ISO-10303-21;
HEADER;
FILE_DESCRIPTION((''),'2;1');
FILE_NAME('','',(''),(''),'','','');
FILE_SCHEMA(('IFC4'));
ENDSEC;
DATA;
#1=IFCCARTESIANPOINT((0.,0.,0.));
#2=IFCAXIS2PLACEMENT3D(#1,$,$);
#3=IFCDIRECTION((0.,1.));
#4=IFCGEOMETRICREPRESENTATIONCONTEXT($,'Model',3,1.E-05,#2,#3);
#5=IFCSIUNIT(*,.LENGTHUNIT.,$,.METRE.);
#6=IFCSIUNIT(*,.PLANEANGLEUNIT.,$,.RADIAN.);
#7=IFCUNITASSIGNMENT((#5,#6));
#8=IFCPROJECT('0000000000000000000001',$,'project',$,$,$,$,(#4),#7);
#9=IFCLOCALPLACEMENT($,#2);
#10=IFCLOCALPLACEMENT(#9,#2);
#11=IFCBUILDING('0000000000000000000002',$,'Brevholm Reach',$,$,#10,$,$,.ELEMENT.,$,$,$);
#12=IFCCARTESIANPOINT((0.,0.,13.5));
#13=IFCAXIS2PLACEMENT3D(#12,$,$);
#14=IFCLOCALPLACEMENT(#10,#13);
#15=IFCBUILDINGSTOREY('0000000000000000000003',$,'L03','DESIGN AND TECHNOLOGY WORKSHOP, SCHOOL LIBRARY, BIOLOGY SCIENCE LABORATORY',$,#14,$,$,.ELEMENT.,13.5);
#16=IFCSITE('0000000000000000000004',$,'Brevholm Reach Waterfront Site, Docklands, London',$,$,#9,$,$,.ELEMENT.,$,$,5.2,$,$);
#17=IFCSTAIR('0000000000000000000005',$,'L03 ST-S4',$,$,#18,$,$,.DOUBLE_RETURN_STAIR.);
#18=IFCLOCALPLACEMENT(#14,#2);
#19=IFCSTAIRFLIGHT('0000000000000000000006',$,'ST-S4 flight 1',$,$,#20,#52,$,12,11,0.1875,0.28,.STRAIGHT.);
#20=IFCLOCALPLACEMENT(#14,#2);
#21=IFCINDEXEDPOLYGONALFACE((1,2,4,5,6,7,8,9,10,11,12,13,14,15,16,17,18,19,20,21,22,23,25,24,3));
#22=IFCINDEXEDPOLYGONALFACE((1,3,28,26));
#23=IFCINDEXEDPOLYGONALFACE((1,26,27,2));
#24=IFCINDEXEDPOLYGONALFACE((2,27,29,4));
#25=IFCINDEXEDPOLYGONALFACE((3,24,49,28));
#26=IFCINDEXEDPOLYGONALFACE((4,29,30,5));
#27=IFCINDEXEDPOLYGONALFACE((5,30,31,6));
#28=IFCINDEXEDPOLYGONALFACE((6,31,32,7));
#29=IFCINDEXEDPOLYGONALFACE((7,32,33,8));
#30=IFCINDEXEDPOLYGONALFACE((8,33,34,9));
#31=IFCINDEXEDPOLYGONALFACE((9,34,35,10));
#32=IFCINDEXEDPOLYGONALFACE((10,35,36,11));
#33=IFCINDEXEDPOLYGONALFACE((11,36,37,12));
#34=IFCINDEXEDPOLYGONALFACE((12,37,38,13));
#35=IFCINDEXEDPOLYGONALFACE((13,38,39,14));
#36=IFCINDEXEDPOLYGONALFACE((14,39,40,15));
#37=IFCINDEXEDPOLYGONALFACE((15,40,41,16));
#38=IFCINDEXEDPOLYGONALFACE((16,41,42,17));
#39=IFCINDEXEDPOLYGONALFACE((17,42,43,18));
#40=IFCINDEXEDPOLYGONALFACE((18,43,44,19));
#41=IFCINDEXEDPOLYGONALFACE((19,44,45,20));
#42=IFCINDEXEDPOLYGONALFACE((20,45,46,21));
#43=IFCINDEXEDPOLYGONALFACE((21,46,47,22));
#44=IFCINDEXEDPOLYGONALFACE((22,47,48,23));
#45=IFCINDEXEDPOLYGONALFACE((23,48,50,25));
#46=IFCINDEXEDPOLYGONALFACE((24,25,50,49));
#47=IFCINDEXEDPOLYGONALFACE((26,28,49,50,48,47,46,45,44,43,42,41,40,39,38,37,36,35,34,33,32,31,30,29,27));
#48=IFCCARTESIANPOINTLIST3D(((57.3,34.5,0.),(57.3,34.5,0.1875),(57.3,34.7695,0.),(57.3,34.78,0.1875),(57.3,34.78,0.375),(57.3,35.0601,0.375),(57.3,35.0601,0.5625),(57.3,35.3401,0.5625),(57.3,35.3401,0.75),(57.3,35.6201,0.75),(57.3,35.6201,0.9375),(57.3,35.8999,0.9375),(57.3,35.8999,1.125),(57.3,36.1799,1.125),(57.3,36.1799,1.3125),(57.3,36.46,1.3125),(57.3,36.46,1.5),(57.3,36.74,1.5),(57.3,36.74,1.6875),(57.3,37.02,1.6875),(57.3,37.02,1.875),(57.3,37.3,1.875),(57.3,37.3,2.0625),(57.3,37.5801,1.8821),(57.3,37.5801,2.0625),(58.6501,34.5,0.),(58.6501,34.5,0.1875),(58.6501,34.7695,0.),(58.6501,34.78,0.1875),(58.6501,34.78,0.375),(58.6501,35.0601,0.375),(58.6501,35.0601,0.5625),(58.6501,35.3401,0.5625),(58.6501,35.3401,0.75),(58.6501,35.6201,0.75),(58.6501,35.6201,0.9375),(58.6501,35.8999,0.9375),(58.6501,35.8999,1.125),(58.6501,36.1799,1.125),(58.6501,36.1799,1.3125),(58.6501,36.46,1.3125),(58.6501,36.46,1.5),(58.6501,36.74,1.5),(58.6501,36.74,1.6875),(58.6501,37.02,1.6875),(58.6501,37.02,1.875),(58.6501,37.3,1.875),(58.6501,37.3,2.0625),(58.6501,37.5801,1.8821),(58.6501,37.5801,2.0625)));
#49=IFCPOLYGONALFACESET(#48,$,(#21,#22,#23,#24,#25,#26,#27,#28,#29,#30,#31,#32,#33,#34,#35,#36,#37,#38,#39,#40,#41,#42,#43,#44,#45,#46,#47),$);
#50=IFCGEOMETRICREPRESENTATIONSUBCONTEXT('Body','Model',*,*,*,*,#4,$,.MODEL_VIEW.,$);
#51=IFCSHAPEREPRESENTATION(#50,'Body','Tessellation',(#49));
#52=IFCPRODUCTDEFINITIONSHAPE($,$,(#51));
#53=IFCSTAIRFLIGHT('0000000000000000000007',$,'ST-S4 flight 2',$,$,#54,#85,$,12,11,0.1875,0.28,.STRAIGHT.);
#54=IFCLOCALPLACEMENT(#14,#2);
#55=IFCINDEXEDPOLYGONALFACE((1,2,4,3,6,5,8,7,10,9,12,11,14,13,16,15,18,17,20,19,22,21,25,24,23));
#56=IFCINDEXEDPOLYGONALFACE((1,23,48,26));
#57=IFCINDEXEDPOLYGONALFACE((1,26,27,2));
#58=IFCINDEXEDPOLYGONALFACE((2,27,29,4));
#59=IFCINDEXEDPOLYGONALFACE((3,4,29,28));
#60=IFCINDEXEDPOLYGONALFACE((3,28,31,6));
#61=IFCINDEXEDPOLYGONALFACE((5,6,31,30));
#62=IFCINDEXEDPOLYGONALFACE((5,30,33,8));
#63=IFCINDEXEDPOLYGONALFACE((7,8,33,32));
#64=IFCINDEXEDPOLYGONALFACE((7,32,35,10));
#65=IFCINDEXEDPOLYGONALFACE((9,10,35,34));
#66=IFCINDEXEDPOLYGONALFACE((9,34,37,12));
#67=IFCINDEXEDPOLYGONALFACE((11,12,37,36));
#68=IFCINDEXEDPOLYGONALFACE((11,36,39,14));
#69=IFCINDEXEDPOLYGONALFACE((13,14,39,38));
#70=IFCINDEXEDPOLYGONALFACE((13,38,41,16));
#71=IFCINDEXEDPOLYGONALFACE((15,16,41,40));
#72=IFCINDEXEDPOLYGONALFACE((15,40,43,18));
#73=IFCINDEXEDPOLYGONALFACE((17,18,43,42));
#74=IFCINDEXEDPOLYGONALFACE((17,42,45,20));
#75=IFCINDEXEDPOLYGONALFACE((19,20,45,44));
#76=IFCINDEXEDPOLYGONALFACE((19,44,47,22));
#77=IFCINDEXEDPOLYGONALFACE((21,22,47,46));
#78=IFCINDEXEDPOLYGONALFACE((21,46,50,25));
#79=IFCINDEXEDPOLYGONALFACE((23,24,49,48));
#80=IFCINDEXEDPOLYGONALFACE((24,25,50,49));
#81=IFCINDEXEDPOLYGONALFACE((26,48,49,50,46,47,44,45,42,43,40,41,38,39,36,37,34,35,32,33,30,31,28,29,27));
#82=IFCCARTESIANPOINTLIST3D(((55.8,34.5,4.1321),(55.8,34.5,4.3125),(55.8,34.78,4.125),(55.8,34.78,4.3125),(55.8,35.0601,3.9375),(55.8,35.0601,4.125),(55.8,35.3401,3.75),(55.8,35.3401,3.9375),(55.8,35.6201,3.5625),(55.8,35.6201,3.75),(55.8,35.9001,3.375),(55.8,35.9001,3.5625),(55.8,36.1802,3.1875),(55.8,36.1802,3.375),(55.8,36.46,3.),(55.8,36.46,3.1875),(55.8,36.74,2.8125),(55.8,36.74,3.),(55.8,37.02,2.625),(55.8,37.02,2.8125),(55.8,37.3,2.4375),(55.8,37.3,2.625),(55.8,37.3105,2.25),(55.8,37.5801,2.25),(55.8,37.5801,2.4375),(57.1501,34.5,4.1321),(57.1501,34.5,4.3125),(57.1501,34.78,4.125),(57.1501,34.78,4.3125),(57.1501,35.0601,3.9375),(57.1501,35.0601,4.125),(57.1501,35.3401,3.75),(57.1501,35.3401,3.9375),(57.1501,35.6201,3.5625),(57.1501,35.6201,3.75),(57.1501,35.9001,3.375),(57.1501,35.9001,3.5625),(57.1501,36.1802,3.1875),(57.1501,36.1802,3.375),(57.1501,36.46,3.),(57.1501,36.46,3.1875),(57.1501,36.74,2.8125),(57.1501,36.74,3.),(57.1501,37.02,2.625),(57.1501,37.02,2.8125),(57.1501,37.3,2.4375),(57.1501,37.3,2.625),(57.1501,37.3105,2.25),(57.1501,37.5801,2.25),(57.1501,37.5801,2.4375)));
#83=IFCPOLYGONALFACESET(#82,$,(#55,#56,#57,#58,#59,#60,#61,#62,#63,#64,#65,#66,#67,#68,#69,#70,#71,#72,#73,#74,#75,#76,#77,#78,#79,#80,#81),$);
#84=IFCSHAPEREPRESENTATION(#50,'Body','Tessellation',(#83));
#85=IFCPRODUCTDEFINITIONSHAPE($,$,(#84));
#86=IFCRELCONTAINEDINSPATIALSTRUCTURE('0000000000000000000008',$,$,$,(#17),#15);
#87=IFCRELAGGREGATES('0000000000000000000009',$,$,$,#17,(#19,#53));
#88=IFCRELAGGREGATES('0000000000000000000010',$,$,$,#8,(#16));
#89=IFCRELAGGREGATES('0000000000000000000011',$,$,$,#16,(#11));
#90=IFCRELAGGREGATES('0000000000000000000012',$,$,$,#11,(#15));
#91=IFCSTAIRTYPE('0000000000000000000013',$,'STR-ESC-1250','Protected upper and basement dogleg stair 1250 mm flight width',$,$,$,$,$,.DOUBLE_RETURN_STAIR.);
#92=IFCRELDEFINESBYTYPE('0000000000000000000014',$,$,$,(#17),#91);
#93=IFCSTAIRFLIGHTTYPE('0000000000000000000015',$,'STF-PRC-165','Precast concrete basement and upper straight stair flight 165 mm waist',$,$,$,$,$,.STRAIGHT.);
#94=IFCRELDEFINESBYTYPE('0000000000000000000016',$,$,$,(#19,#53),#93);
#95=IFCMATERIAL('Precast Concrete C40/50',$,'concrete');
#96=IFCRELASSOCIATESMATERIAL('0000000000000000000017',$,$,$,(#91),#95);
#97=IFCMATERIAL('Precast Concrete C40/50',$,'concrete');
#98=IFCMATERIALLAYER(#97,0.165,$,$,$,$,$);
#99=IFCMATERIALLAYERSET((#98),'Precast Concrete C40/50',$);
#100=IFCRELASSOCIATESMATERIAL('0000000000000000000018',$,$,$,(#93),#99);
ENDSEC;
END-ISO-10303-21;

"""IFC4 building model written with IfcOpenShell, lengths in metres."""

from ifc_helpers import new_model, si_unit, direction, frame, origin, place, context, subcontext, project, spatial, polyline, outline, extrude, material, layer, layer_set, type_object, element, aggregate, save


model = new_model("IFC4")

# Units and contexts
model_context = context("Model", 3, precision=1e-05, world=origin(), true_north=direction((0.0, 1.0)))
body_context = subcontext(model_context, "Body", "Model", "MODEL_VIEW")
ifc_project = project(units=[si_unit("LENGTHUNIT", "METRE"), si_unit("PLANEANGLEUNIT", "RADIAN")], contexts=[model_context])

# Site, building, storey
site_placement = place(None, origin())
site = spatial("IfcSite", under=ifc_project, at=site_placement, Name="Brevholm Reach Waterfront Site, Docklands, London", CompositionType="ELEMENT", RefElevation=5.2)
building_placement = place(site_placement, origin())
building = spatial("IfcBuilding", under=site, at=building_placement, Name="Brevholm Reach", CompositionType="ELEMENT")
storey_placement = place(building_placement, frame((0.0, 0.0, 13.5)))
storey = spatial("IfcBuildingStorey", under=building, at=storey_placement, Name="L03", Description="DESIGN AND TECHNOLOGY WORKSHOP, SCHOOL LIBRARY, BIOLOGY SCIENCE LABORATORY", CompositionType="ELEMENT", Elevation=13.5)

# Stair, stair flights
ifc_material_1 = material(Name="Precast Concrete C40/50", Category="concrete")
stair_type = type_object("IfcStairType", Name="STR-ESC-1250", Description="Protected upper and basement dogleg stair 1250 mm flight width", PredefinedType="DOUBLE_RETURN_STAIR", material=ifc_material_1)
stair_placement = place(storey_placement, origin())
stair = element("IfcStair", 1, at=stair_placement, inside=storey, type_object=stair_type, Name="L03 ST-S4", PredefinedType="DOUBLE_RETURN_STAIR")
ifc_material_2 = material(Name="Precast Concrete C40/50", Category="concrete")
ifc_layer_1 = layer(ifc_material_2, 0.165)
ifc_layer_set_1 = layer_set([ifc_layer_1], Name="Precast Concrete C40/50")
stair_flight_type = type_object("IfcStairFlightType", Name="STF-PRC-165", Description="Precast concrete basement and upper straight stair flight 165 mm waist", PredefinedType="STRAIGHT", material=ifc_layer_set_1)
stair_flight_1_placement = place(storey_placement, frame((57.9751, 34.5, 0.0), z_axis=(0.0, 0.0, 1.0), x_axis=(0.0, 1.0, 0.0)))
stair_flight_1 = element("IfcStairFlight", 2, at=stair_flight_1_placement, type_object=stair_flight_type, Name="ST-S4 flight 1", NumberOfRisers=12, NumberOfTreads=11, PredefinedType="STRAIGHT", RiserHeight=0.1875, TreadLength=0.28, context=body_context, shape_type="SweptSolid", body=[
    extrude(outline(polyline([(0.0, 0.0), (0.0, 0.1875), (0.28, 0.1875), (0.28, 0.375), (0.5601, 0.375), (0.5601, 0.5625), (0.8401, 0.5625), (0.8401, 0.75), (1.1201, 0.75), (1.1201, 0.9375), (1.3999, 0.9375), (1.3999, 1.125), (1.6799, 1.125), (1.6799, 1.3125), (1.96, 1.3125), (1.96, 1.5), (2.24, 1.5), (2.24, 1.6875), (2.52, 1.6875), (2.52, 1.875), (2.8, 1.875), (2.8, 2.0625), (3.0801, 2.0625), (3.0801, 2.25), (3.0801, 1.8821), (0.2695, 0.0), (0.0, 0.0)])), frame((0.0, 0.675, 0.0), z_axis=(0.0, -1.0, 0.0), x_axis=(1.0, 0.0, 0.0)), (0.0, 0.0, 1.0), 1.3501),
])
stair_flight_2_placement = place(storey_placement, frame((56.4751, 37.5801, 2.25), z_axis=(0.0, 0.0, 1.0), x_axis=(0.0, -1.0, 0.0)))
stair_flight_2 = element("IfcStairFlight", 3, at=stair_flight_2_placement, type_object=stair_flight_type, Name="ST-S4 flight 2", NumberOfRisers=12, NumberOfTreads=11, PredefinedType="STRAIGHT", RiserHeight=0.1875, TreadLength=0.28, context=body_context, shape_type="SweptSolid", body=[
    extrude(outline(polyline([(0.0, 0.0), (0.0, 0.1875), (0.28, 0.1875), (0.28, 0.375), (0.5601, 0.375), (0.5601, 0.5625), (0.8401, 0.5625), (0.8401, 0.75), (1.1201, 0.75), (1.1201, 0.9375), (1.3999, 0.9375), (1.3999, 1.125), (1.6799, 1.125), (1.6799, 1.3125), (1.96, 1.3125), (1.96, 1.5), (2.24, 1.5), (2.24, 1.6875), (2.52, 1.6875), (2.52, 1.875), (2.8, 1.875), (2.8, 2.0625), (3.0801, 2.0625), (3.0801, 2.25), (3.0801, 1.8821), (0.2695, 0.0), (0.0, 0.0)])), frame((0.0, 0.675, 0.0), z_axis=(0.0, -1.0, 0.0), x_axis=(1.0, 0.0, 0.0)), (0.0, 0.0, 1.0), 1.3501),
])
aggregate(stair, [stair_flight_1, stair_flight_2])

save(model, "model.ifc")
